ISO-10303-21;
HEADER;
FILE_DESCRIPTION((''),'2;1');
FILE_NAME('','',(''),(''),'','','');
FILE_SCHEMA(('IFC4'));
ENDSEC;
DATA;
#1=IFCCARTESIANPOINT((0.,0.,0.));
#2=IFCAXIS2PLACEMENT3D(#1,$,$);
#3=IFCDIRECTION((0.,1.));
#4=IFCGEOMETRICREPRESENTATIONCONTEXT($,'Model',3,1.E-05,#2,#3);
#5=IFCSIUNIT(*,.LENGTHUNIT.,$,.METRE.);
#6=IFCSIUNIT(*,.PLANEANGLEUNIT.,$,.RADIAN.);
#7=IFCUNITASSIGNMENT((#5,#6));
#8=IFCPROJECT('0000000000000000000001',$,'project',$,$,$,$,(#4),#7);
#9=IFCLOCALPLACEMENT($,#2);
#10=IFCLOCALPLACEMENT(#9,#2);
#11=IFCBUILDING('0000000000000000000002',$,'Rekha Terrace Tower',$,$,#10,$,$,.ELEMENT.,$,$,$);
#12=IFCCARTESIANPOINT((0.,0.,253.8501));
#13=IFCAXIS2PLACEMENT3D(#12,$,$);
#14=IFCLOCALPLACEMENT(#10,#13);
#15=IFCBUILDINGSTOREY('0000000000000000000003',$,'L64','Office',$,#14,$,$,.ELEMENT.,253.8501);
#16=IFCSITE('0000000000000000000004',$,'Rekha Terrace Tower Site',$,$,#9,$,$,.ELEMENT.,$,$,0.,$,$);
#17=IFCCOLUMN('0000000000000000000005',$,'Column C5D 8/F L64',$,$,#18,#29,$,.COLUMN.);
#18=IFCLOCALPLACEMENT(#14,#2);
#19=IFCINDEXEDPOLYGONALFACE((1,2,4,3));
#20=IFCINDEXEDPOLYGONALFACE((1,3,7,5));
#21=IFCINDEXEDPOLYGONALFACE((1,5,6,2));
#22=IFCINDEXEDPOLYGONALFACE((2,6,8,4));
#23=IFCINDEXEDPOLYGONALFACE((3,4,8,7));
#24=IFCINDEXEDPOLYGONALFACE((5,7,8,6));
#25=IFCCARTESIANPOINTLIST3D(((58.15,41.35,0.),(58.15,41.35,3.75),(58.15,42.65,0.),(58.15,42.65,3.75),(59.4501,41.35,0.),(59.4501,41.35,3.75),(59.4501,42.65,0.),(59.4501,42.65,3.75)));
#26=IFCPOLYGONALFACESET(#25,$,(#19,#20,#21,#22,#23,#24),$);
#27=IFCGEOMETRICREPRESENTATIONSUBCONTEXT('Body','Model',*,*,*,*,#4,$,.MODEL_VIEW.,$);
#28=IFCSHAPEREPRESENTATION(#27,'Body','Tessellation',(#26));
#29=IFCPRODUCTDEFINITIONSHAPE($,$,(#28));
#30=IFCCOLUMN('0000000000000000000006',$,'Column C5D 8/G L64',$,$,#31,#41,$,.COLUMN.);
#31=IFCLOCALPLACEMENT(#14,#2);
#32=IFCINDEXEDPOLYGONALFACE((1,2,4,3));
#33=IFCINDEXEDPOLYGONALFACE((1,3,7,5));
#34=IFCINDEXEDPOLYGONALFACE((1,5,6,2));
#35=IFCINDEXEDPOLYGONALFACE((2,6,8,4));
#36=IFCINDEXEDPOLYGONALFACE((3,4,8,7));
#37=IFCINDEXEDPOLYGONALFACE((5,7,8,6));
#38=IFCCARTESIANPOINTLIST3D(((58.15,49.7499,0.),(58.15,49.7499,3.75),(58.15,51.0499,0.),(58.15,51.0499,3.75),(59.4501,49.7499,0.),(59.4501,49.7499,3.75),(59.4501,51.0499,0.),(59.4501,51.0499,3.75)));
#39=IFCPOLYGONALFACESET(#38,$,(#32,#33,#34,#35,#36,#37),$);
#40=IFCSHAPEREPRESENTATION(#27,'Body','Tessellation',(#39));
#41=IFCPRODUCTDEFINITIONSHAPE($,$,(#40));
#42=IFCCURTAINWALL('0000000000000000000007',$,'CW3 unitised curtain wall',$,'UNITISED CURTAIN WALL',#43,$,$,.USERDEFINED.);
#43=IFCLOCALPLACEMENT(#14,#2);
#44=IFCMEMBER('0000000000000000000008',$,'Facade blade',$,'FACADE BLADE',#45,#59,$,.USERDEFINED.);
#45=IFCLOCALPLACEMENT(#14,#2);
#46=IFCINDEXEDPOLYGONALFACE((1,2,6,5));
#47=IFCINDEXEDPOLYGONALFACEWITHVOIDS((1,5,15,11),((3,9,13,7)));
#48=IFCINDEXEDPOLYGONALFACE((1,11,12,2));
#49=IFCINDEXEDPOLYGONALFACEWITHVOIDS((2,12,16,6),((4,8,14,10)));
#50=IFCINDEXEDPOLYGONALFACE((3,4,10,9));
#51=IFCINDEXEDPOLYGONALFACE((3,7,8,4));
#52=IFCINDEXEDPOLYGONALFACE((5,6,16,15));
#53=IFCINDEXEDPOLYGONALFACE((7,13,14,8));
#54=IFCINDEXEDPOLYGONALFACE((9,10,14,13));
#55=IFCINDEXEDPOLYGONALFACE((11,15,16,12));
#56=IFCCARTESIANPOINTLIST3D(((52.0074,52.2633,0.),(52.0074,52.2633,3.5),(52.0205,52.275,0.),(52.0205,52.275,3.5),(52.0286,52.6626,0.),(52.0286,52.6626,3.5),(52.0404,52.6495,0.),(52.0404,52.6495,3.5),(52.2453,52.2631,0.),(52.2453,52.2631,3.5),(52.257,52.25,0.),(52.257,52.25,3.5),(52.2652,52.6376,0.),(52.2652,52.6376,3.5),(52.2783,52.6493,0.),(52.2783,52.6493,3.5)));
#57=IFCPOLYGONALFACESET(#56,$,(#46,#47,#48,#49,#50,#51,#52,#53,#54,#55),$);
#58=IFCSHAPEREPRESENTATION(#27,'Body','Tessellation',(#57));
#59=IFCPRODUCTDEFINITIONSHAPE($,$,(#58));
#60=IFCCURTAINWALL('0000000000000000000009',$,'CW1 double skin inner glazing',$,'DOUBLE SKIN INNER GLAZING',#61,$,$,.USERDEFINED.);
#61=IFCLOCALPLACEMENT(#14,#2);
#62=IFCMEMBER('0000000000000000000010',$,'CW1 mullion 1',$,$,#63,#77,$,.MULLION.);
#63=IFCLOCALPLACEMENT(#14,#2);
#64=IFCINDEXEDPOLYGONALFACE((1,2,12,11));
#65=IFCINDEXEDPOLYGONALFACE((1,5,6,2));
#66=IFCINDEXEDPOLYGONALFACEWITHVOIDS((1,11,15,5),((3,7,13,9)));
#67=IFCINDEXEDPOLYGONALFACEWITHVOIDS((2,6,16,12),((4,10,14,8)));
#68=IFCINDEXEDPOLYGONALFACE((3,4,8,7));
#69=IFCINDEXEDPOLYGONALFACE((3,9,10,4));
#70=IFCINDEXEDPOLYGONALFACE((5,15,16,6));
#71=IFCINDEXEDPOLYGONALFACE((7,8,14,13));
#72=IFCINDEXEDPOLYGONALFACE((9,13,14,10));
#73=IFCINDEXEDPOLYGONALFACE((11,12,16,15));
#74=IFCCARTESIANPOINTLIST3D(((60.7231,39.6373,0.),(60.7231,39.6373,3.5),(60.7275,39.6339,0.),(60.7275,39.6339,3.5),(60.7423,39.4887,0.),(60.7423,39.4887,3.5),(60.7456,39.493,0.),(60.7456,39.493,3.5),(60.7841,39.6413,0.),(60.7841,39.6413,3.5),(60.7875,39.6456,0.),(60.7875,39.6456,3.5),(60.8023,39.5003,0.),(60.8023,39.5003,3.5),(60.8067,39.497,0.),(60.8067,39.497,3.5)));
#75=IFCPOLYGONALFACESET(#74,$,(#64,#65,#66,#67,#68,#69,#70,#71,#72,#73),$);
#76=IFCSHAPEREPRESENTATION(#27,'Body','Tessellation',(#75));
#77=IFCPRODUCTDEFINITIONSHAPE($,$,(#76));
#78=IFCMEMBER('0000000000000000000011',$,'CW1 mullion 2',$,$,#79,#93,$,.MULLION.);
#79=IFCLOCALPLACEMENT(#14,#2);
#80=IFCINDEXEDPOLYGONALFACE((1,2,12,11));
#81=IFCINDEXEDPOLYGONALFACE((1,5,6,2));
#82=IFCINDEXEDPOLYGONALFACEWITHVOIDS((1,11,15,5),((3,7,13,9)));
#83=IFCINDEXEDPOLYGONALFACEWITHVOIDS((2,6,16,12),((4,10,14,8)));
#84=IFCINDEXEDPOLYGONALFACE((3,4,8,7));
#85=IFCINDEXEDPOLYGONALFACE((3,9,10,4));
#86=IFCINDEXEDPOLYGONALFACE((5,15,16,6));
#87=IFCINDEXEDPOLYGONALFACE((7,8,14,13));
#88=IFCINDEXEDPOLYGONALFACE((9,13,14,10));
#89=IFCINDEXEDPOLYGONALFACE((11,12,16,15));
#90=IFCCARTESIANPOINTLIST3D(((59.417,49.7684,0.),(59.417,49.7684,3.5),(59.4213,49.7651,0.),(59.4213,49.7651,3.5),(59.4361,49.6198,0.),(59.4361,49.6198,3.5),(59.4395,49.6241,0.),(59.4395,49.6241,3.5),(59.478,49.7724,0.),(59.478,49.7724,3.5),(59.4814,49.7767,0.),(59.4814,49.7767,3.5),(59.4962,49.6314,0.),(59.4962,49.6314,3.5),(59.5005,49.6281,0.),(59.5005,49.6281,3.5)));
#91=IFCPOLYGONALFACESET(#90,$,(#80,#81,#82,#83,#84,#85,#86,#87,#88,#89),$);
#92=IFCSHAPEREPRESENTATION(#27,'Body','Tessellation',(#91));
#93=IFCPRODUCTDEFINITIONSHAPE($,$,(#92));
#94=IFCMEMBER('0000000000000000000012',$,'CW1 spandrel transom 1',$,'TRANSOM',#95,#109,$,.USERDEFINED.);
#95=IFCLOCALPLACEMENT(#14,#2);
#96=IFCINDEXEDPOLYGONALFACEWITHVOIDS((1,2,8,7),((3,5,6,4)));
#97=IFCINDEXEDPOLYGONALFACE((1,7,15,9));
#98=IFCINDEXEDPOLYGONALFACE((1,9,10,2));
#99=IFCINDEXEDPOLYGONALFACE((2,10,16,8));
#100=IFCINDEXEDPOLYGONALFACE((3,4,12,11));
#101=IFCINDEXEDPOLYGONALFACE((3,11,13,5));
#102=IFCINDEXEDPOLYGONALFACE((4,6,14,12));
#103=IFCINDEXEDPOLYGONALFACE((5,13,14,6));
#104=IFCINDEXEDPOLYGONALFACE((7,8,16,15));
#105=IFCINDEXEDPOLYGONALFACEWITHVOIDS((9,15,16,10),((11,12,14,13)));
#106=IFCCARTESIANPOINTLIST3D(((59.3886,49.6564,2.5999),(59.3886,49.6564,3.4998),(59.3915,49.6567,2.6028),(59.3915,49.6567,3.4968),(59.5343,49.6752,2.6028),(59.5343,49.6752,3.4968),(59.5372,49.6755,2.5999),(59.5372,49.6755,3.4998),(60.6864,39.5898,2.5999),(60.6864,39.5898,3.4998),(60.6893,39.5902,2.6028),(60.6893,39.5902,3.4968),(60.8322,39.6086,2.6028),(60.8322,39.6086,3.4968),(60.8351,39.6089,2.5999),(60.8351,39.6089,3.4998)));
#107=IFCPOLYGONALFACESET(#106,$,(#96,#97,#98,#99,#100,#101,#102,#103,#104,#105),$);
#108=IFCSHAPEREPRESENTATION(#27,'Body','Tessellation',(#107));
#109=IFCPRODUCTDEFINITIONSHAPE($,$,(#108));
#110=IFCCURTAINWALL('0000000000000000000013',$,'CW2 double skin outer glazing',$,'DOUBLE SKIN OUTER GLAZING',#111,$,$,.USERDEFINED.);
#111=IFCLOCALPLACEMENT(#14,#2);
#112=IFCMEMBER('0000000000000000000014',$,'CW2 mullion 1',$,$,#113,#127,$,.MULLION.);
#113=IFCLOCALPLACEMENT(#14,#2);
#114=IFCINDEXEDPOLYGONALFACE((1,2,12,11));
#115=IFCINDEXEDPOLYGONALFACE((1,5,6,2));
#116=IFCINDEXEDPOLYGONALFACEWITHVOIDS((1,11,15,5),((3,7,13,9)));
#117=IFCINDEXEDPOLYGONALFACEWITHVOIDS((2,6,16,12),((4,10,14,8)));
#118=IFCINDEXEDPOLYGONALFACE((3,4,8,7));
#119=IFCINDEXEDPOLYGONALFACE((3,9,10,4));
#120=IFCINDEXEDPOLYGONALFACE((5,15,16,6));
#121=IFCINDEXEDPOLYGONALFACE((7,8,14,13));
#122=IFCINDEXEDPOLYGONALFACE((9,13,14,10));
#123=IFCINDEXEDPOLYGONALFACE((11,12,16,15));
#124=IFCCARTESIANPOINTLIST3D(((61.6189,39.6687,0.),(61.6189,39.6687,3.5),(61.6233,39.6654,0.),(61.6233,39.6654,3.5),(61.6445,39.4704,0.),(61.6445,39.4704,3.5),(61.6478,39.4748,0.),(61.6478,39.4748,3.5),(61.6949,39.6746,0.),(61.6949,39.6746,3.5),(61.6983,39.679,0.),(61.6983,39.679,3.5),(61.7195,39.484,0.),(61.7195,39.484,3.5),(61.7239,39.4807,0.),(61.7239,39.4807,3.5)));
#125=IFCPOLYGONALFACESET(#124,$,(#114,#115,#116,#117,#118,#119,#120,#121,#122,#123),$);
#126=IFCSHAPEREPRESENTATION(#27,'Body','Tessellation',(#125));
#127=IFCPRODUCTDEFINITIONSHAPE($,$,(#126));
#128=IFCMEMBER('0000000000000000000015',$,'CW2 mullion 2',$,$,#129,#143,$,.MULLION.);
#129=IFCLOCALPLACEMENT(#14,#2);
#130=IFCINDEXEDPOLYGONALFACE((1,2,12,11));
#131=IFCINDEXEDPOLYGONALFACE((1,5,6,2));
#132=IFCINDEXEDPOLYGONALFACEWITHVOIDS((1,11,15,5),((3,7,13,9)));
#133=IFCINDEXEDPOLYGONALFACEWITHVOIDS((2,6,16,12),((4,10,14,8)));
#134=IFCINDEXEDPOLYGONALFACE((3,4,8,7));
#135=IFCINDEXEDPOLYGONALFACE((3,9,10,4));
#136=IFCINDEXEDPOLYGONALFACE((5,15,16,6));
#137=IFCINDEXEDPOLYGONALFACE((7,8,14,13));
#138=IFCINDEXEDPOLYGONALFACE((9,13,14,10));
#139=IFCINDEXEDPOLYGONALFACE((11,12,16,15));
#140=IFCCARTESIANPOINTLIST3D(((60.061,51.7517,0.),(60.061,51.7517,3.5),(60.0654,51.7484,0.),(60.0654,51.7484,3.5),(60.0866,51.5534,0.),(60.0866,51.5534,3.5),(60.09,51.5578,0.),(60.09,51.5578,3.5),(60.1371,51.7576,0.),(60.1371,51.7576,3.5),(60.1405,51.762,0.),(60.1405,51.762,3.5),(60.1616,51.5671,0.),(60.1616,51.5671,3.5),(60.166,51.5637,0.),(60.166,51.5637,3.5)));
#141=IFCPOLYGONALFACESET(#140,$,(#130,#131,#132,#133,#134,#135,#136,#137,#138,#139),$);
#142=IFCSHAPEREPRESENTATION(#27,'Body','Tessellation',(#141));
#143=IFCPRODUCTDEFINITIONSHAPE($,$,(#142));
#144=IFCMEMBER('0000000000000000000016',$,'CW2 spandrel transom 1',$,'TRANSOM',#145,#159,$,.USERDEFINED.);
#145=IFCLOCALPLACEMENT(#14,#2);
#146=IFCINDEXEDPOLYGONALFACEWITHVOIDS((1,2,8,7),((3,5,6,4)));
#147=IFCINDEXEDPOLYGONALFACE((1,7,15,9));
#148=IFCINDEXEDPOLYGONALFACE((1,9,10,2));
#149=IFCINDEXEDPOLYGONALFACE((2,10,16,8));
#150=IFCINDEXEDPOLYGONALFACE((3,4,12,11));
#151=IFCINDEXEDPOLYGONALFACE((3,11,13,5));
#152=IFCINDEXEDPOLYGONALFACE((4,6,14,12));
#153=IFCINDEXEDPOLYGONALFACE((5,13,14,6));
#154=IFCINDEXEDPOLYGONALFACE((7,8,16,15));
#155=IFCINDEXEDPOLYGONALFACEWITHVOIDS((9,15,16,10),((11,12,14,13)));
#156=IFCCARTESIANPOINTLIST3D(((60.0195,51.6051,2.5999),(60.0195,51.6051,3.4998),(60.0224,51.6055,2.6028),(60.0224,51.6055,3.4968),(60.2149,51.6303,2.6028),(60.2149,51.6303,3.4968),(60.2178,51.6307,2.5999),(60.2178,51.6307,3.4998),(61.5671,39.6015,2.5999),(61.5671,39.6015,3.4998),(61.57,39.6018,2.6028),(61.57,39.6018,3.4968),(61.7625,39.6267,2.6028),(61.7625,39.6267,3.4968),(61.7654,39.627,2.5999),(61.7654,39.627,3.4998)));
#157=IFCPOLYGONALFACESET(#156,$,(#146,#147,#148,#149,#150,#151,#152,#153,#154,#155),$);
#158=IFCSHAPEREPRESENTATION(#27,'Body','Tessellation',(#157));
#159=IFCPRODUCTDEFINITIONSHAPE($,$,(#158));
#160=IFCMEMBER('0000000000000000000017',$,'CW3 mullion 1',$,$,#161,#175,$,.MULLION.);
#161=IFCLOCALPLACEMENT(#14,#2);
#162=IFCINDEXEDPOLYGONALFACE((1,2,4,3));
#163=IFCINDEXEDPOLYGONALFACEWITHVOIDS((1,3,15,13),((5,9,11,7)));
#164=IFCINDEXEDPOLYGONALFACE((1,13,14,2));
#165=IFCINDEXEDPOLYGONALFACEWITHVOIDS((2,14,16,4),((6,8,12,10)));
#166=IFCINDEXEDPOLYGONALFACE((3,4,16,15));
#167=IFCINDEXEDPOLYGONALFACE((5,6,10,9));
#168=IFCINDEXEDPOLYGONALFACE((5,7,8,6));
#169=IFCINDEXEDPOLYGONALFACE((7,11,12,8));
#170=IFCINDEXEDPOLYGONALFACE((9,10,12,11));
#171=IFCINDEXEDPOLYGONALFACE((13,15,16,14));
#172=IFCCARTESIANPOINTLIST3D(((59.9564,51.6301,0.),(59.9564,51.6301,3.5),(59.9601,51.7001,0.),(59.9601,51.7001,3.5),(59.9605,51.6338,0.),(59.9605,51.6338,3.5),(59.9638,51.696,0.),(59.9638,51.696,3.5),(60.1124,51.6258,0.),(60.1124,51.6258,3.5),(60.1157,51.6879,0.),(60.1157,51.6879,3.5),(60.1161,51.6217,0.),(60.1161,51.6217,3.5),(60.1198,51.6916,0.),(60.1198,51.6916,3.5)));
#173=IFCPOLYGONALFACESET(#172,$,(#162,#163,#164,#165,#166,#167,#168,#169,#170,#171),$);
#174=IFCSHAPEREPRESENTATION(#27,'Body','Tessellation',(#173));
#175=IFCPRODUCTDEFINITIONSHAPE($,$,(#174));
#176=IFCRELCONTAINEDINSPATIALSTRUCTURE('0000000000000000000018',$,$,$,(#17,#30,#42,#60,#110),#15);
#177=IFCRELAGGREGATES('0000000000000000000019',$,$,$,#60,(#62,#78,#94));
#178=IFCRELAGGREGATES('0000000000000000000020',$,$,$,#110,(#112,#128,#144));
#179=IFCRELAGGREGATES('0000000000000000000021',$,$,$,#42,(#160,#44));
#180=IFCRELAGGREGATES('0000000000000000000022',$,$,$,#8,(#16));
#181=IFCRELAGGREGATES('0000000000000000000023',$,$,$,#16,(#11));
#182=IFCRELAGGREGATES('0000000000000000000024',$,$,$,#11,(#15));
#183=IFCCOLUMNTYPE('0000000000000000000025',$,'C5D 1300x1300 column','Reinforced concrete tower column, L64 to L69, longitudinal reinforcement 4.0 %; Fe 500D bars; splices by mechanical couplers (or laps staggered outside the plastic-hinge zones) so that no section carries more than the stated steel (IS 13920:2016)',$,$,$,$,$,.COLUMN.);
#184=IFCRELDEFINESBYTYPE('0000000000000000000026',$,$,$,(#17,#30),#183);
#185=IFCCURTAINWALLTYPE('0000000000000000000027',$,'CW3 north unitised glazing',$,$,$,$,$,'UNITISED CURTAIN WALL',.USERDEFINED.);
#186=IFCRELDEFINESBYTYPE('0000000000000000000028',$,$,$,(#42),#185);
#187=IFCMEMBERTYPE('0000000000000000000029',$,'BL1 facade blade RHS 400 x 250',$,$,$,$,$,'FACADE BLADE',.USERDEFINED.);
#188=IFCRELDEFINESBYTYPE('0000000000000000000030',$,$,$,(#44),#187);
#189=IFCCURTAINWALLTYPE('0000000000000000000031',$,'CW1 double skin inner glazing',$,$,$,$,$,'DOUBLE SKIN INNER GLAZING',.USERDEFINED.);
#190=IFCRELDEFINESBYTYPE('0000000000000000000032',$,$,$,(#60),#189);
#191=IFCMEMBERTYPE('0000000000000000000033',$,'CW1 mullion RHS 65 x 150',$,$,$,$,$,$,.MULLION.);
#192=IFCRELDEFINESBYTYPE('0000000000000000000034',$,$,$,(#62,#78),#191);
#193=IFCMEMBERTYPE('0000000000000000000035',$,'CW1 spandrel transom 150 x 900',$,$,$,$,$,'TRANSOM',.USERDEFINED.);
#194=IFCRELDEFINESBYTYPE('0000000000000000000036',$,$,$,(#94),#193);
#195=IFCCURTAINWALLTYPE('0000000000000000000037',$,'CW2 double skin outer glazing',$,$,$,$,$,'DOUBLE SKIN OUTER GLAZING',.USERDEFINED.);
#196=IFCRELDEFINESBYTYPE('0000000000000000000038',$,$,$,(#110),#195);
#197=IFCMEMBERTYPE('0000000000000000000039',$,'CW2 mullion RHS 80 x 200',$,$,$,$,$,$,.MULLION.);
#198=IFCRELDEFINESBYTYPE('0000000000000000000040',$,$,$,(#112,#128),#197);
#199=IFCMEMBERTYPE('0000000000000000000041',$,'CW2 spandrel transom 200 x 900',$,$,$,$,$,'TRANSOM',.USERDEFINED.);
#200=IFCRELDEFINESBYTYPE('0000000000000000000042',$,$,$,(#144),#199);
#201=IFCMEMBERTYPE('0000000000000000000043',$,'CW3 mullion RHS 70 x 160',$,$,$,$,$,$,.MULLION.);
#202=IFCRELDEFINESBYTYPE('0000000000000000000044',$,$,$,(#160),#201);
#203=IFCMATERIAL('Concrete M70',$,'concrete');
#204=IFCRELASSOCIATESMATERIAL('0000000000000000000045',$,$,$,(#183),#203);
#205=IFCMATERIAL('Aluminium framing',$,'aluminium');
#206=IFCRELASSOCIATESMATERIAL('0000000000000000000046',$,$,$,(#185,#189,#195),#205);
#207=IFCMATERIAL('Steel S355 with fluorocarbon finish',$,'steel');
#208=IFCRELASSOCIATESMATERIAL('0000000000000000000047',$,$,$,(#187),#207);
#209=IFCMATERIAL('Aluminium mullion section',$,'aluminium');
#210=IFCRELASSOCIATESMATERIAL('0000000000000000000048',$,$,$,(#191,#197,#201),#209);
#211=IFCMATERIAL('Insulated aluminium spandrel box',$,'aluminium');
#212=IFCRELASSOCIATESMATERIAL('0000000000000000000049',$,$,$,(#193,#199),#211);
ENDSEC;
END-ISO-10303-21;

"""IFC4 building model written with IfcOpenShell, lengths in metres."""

from ifc_helpers import new_model, si_unit, direction, frame, origin, origin_2d, place, context, subcontext, project, spatial, rectangle, hollow_rectangle, extrude, material, material_profile, profile_set, type_object, element, aggregate, save


model = new_model("IFC4")

# Units and contexts
model_context = context("Model", 3, precision=1e-05, world=origin(), true_north=direction((0.0, 1.0)))
body_context = subcontext(model_context, "Body", "Model", "MODEL_VIEW")
ifc_project = project(units=[si_unit("LENGTHUNIT", "METRE"), si_unit("PLANEANGLEUNIT", "RADIAN")], contexts=[model_context])

# Site, building, storey
site_placement = place(None, origin())
site = spatial("IfcSite", under=ifc_project, at=site_placement, Name="Rekha Terrace Tower Site", CompositionType="ELEMENT", RefElevation=0.0)
building_placement = place(site_placement, origin())
building = spatial("IfcBuilding", under=site, at=building_placement, Name="Rekha Terrace Tower", CompositionType="ELEMENT")
storey_placement = place(building_placement, frame((0.0, 0.0, 253.8501)))
storey = spatial("IfcBuildingStorey", under=building, at=storey_placement, Name="L64", Description="Office", CompositionType="ELEMENT", Elevation=253.8501)

# Columns
ifc_material_1 = material(Name="Concrete M70", Category="concrete")
ifc_material_profile_1 = material_profile(ifc_material_1, rectangle(XDim=1.3, YDim=1.3, at=origin_2d()), Name="RC 1300x1300")
ifc_profile_set_1 = profile_set([ifc_material_profile_1], Name="Concrete M70")
column_type = type_object("IfcColumnType", Name="C5D 1300x1300 column", Description="Reinforced concrete tower column, L64 to L69, longitudinal reinforcement 4.0 %; Fe 500D bars; splices by mechanical couplers (or laps staggered outside the plastic-hinge zones) so that no section carries more than the stated steel (IS 13920:2016)", PredefinedType="COLUMN", material=ifc_profile_set_1)
for number, where, z_axis, x_axis, name in (
    (1, (58.8, 42.0, 0.0), (0.0, 0.0, 1.0), (1.0, 0.0, 0.0), "Column C5D 8/F L64"),
    (2, (58.8, 50.3999, 0.0), (0.0, 0.0, 1.0), (1.0, 0.0, 0.0), "Column C5D 8/G L64"),
):
    element("IfcColumn", number, at=place(storey_placement, frame(where, z_axis=z_axis, x_axis=x_axis)), inside=storey, type_object=column_type, Name=name, PredefinedType="COLUMN", context=body_context, shape_type="SweptSolid", body=[
        extrude(rectangle(XDim=1.3, YDim=1.3, at=origin_2d()), origin(), (0.0, 0.0, 1.0), 3.75),
    ])

# Curtain wall, member
ifc_material_2 = material(Name="Aluminium framing", Category="aluminium")
curtain_wall_type_1 = type_object("IfcCurtainWallType", Name="CW3 north unitised glazing", ElementType="UNITISED CURTAIN WALL", PredefinedType="USERDEFINED", material=ifc_material_2)
curtain_wall_1_placement = place(storey_placement, origin())
curtain_wall_1 = element("IfcCurtainWall", 3, at=curtain_wall_1_placement, inside=storey, type_object=curtain_wall_type_1, Name="CW3 unitised curtain wall", ObjectType="UNITISED CURTAIN WALL", PredefinedType="USERDEFINED")
ifc_material_3 = material(Name="Steel S355 with fluorocarbon finish", Category="steel")
ifc_material_profile_2 = material_profile(ifc_material_3, hollow_rectangle(XDim=0.25, YDim=0.3999, WallThickness=0.0125, at=origin_2d()), Name="RHS400x250x12.5")
ifc_profile_set_2 = profile_set([ifc_material_profile_2], Name="Steel S355 with fluorocarbon finish")
member_type_1 = type_object("IfcMemberType", Name="BL1 facade blade RHS 400 x 250", ElementType="FACADE BLADE", PredefinedType="USERDEFINED", material=ifc_profile_set_2)
member_1_placement = place(storey_placement, frame((52.1428, 52.4563, 0.0), z_axis=(0.0, 0.0, 1.0), x_axis=(-0.99859, 0.053084, 0.0)))
member_1 = element("IfcMember", 4, at=member_1_placement, type_object=member_type_1, Name="Facade blade", ObjectType="FACADE BLADE", PredefinedType="USERDEFINED", context=body_context, shape_type="SweptSolid", body=[
    extrude(hollow_rectangle(XDim=0.25, YDim=0.3999, WallThickness=0.0125, at=origin_2d()), origin(), (0.0, 0.0, 1.0), 3.5),
])

# Curtain walls, members
curtain_wall_type_2 = type_object("IfcCurtainWallType", Name="CW1 double skin inner glazing", ElementType="DOUBLE SKIN INNER GLAZING", PredefinedType="USERDEFINED", material=ifc_material_2)
curtain_wall_2_placement = place(storey_placement, origin())
curtain_wall_2 = element("IfcCurtainWall", 5, at=curtain_wall_2_placement, inside=storey, type_object=curtain_wall_type_2, Name="CW1 double skin inner glazing", ObjectType="DOUBLE SKIN INNER GLAZING", PredefinedType="USERDEFINED")
ifc_material_4 = material(Name="Aluminium mullion section", Category="aluminium")
ifc_material_profile_3 = material_profile(ifc_material_4, hollow_rectangle(XDim=0.0649, YDim=0.1499, WallThickness=0.0039, at=origin_2d()), Name="AL RHS 65x150")
ifc_profile_set_3 = profile_set([ifc_material_profile_3], Name="Aluminium mullion section")
member_type_2 = type_object("IfcMemberType", Name="CW1 mullion RHS 65 x 150", PredefinedType="MULLION", material=ifc_profile_set_3)
member_2_placement = place(storey_placement, frame((60.7649, 39.5671, 0.0), z_axis=(0.0, 0.0, 1.0), x_axis=(-0.991791, -0.12787, 0.0)))
member_2 = element("IfcMember", 6, at=member_2_placement, type_object=member_type_2, Name="CW1 mullion 1", PredefinedType="MULLION", context=body_context, shape_type="SweptSolid", body=[
    extrude(hollow_rectangle(XDim=0.0649, YDim=0.1499, WallThickness=0.0039, at=origin_2d()), origin(), (0.0, 0.0, 1.0), 3.5),
])
member_3_placement = place(storey_placement, frame((59.4587, 49.6982, 0.0), z_axis=(0.0, 0.0, 1.0), x_axis=(-0.991791, -0.12787, 0.0)))
member_3 = element("IfcMember", 7, at=member_3_placement, type_object=member_type_2, Name="CW1 mullion 2", PredefinedType="MULLION", context=body_context, shape_type="SweptSolid", body=[
    extrude(hollow_rectangle(XDim=0.0649, YDim=0.1499, WallThickness=0.0039, at=origin_2d()), origin(), (0.0, 0.0, 1.0), 3.5),
])
ifc_material_5 = material(Name="Insulated aluminium spandrel box", Category="aluminium")
ifc_material_profile_4 = material_profile(ifc_material_5, hollow_rectangle(XDim=0.1499, YDim=0.8999, WallThickness=0.0029, at=origin_2d()), Name="AL SPANDREL BOX 150x900")
ifc_profile_set_4 = profile_set([ifc_material_profile_4], Name="Insulated aluminium spandrel box")
member_type_3 = type_object("IfcMemberType", Name="CW1 spandrel transom 150 x 900", ElementType="TRANSOM", PredefinedType="USERDEFINED", material=ifc_profile_set_4)
member_4_placement = place(storey_placement, frame((60.7607, 39.5994, 3.0498), z_axis=(-0.127868, 0.991791, 0.0), x_axis=(-0.991791, -0.127868, 0.0)))
member_4 = element("IfcMember", 8, at=member_4_placement, type_object=member_type_3, Name="CW1 spandrel transom 1", ObjectType="TRANSOM", PredefinedType="USERDEFINED", context=body_context, shape_type="SweptSolid", body=[
    extrude(hollow_rectangle(XDim=0.1499, YDim=0.8999, WallThickness=0.0029, at=origin_2d()), origin(), (0.0, 0.0, 1.0), 10.1499),
])
curtain_wall_type_3 = type_object("IfcCurtainWallType", Name="CW2 double skin outer glazing", ElementType="DOUBLE SKIN OUTER GLAZING", PredefinedType="USERDEFINED", material=ifc_material_2)
curtain_wall_3_placement = place(storey_placement, origin())
curtain_wall_3 = element("IfcCurtainWall", 9, at=curtain_wall_3_placement, inside=storey, type_object=curtain_wall_type_3, Name="CW2 double skin outer glazing", ObjectType="DOUBLE SKIN OUTER GLAZING", PredefinedType="USERDEFINED")
ifc_material_profile_5 = material_profile(ifc_material_4, hollow_rectangle(XDim=0.0801, YDim=0.2, WallThickness=0.0039, at=origin_2d()), Name="AL RHS 80x200")
ifc_profile_set_5 = profile_set([ifc_material_profile_5], Name="Aluminium mullion section")
member_type_4 = type_object("IfcMemberType", Name="CW2 mullion RHS 80 x 200", PredefinedType="MULLION", material=ifc_profile_set_5)
member_5_placement = place(storey_placement, frame((61.6714, 39.5747, 0.0), z_axis=(0.0, 0.0, 1.0), x_axis=(-0.991791, -0.12787, 0.0)))
member_5 = element("IfcMember", 10, at=member_5_placement, type_object=member_type_4, Name="CW2 mullion 1", PredefinedType="MULLION", context=body_context, shape_type="SweptSolid", body=[
    extrude(hollow_rectangle(XDim=0.0801, YDim=0.2, WallThickness=0.0039, at=origin_2d()), origin(), (0.0, 0.0, 1.0), 3.5),
])
member_6_placement = place(storey_placement, frame((60.1135, 51.6577, 0.0), z_axis=(0.0, 0.0, 1.0), x_axis=(-0.991791, -0.12787, 0.0)))
member_6 = element("IfcMember", 11, at=member_6_placement, type_object=member_type_4, Name="CW2 mullion 2", PredefinedType="MULLION", context=body_context, shape_type="SweptSolid", body=[
    extrude(hollow_rectangle(XDim=0.0801, YDim=0.2, WallThickness=0.0039, at=origin_2d()), origin(), (0.0, 0.0, 1.0), 3.5),
])
ifc_material_profile_6 = material_profile(ifc_material_5, hollow_rectangle(XDim=0.2, YDim=0.8999, WallThickness=0.0029, at=origin_2d()), Name="AL SPANDREL BOX 200x900")
ifc_profile_set_6 = profile_set([ifc_material_profile_6], Name="Insulated aluminium spandrel box")
member_type_5 = type_object("IfcMemberType", Name="CW2 spandrel transom 200 x 900", ElementType="TRANSOM", PredefinedType="USERDEFINED", material=ifc_profile_set_6)
member_7_placement = place(storey_placement, frame((61.6663, 39.6143, 3.0498), z_axis=(-0.12787, 0.991791, 0.0), x_axis=(-0.991791, -0.12787, 0.0)))
member_7 = element("IfcMember", 12, at=member_7_placement, type_object=member_type_5, Name="CW2 spandrel transom 1", ObjectType="TRANSOM", PredefinedType="USERDEFINED", context=body_context, shape_type="SweptSolid", body=[
    extrude(hollow_rectangle(XDim=0.2, YDim=0.8999, WallThickness=0.0029, at=origin_2d()), origin(), (0.0, 0.0, 1.0), 12.103),
])

# Member
ifc_material_profile_7 = material_profile(ifc_material_4, hollow_rectangle(XDim=0.0701, YDim=0.1599, WallThickness=0.0039, at=origin_2d()), Name="AL RHS 70x160")
ifc_profile_set_7 = profile_set([ifc_material_profile_7], Name="Aluminium mullion section")
member_type_6 = type_object("IfcMemberType", Name="CW3 mullion RHS 70 x 160", PredefinedType="MULLION", material=ifc_profile_set_7)
member_8_placement = place(storey_placement, frame((60.0381, 51.6609, 0.0), z_axis=(0.0, 0.0, 1.0), x_axis=(-0.053083, -0.99859, 0.0)))
member_8 = element("IfcMember", 13, at=member_8_placement, type_object=member_type_6, Name="CW3 mullion 1", PredefinedType="MULLION", context=body_context, shape_type="SweptSolid", body=[
    extrude(hollow_rectangle(XDim=0.0701, YDim=0.1599, WallThickness=0.0039, at=origin_2d()), origin(), (0.0, 0.0, 1.0), 3.5),
])

aggregate(curtain_wall_2, [member_2, member_3, member_4])
aggregate(curtain_wall_3, [member_5, member_6, member_7])
aggregate(curtain_wall_1, [member_8, member_1])

save(model, "model.ifc")
